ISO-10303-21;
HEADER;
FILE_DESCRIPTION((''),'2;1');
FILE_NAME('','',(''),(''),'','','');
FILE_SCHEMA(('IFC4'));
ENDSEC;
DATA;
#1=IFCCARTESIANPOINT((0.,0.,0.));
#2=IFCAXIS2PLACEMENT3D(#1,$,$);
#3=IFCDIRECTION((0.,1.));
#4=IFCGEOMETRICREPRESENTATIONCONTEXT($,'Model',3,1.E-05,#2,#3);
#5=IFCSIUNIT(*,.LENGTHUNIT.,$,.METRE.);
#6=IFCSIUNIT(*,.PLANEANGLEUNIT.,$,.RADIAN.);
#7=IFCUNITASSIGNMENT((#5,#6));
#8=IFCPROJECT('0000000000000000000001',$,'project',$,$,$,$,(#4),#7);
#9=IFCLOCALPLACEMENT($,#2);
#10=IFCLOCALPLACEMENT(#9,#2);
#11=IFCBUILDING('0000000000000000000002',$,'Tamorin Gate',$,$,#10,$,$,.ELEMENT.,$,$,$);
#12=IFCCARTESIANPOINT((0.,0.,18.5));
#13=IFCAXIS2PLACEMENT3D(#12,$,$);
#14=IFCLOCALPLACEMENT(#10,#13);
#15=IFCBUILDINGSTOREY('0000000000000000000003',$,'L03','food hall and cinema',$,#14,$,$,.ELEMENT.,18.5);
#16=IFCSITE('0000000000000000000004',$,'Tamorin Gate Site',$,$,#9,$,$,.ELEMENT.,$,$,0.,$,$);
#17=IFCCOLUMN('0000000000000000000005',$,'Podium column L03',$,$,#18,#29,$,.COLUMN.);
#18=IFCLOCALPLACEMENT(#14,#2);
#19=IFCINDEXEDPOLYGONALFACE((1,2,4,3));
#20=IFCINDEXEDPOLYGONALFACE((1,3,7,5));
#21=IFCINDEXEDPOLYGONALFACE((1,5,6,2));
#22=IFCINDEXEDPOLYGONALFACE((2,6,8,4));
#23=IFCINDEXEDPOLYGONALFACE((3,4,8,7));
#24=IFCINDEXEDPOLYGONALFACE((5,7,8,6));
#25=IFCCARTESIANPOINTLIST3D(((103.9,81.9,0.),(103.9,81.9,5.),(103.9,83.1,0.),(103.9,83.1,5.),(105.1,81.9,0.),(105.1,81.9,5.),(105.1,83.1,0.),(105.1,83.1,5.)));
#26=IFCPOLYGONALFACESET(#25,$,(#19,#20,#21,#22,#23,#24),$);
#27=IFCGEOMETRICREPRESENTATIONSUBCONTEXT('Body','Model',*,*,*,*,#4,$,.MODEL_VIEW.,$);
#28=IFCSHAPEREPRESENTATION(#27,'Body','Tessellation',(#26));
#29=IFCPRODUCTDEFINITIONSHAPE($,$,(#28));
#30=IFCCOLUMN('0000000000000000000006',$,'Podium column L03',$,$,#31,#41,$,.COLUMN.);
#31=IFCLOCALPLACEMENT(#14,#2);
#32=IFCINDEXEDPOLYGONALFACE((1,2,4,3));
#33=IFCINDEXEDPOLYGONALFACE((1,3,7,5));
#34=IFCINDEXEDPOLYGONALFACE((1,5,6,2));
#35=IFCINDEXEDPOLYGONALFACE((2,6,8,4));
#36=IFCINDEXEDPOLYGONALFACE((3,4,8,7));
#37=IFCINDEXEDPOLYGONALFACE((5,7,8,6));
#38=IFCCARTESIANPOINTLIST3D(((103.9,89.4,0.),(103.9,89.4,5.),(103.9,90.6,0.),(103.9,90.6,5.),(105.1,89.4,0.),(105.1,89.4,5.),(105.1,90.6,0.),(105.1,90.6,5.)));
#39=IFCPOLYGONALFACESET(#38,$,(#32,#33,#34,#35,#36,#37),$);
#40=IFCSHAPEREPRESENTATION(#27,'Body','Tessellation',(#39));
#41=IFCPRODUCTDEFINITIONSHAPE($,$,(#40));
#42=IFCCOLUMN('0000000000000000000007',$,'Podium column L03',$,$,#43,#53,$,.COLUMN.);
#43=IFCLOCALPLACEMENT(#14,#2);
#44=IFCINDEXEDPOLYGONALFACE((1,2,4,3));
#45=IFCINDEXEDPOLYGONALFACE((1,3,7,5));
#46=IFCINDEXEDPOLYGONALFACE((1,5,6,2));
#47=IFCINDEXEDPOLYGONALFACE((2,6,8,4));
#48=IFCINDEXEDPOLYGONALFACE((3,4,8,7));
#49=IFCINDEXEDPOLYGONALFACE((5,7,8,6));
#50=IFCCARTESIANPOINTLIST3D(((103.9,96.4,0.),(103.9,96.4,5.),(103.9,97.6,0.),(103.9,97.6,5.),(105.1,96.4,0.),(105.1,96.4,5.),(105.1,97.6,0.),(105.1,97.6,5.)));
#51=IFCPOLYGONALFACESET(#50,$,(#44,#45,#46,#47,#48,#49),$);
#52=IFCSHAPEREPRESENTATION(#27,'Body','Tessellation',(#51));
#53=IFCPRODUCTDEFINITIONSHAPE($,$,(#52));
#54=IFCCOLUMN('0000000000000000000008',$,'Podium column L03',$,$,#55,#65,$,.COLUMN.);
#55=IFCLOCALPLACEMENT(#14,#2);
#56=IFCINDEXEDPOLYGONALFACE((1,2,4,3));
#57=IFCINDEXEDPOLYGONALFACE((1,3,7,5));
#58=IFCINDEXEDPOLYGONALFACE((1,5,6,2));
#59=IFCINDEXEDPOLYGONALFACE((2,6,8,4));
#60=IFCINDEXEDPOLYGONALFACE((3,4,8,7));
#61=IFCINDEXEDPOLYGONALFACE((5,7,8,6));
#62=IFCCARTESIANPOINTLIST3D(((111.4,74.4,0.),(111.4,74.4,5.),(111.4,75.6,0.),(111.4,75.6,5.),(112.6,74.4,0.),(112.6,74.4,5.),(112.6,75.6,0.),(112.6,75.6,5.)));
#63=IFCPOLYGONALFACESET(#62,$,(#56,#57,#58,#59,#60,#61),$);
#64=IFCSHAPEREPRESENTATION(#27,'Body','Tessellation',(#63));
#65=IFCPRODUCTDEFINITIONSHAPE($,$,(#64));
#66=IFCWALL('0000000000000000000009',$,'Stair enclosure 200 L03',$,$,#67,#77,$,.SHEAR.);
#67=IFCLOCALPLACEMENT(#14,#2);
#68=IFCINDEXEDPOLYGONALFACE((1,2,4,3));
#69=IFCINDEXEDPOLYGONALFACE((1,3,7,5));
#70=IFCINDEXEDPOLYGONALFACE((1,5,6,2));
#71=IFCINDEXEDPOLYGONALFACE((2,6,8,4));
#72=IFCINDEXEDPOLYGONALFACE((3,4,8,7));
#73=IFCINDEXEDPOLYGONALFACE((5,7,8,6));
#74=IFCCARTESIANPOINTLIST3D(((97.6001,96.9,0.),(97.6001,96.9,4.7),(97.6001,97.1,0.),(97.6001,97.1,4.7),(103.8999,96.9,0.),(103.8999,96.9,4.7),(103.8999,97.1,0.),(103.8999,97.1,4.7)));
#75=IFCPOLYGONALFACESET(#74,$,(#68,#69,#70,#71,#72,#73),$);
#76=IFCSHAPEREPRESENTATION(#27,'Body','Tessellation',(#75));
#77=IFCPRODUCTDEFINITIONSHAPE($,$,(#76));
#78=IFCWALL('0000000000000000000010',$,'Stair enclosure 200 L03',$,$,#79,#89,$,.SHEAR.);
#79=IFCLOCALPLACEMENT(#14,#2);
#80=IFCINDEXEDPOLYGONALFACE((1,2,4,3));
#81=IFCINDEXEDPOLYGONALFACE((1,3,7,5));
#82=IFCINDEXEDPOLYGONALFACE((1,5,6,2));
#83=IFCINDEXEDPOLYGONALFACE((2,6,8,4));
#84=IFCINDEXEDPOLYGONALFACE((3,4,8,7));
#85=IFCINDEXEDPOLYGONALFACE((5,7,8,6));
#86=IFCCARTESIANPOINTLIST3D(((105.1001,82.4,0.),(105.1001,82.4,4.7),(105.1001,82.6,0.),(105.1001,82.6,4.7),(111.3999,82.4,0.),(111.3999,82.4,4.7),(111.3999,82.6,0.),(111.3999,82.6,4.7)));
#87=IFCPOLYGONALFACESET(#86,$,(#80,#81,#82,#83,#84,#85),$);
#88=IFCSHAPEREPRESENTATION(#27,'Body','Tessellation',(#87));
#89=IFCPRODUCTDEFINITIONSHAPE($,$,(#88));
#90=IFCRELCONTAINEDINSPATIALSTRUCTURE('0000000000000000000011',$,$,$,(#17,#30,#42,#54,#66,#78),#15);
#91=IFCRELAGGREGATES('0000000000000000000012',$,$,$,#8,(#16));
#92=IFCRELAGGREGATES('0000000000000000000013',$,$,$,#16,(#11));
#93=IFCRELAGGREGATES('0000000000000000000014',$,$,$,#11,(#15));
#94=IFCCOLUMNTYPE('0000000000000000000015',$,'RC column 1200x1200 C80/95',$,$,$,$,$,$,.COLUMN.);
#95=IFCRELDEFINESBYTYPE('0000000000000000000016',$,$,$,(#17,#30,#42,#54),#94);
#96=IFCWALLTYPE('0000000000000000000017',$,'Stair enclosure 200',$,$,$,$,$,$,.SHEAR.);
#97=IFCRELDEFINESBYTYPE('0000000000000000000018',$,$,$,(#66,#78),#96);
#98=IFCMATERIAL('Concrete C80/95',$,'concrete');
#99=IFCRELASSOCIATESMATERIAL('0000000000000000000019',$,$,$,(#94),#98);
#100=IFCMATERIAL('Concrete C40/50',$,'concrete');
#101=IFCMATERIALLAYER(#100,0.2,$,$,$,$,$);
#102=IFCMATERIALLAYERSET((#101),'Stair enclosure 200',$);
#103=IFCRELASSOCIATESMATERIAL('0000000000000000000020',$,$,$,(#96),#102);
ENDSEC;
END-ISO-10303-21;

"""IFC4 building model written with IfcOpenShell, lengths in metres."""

from ifc_helpers import new_model, si_unit, direction, frame, frame_2d, origin, origin_2d, place, context, subcontext, project, spatial, rectangle, extrude, material, layer, layer_set, material_profile, profile_set, type_object, element, save


model = new_model("IFC4")

# Units and contexts
model_context = context("Model", 3, precision=1e-05, world=origin(), true_north=direction((0.0, 1.0)))
body_context = subcontext(model_context, "Body", "Model", "MODEL_VIEW")
ifc_project = project(units=[si_unit("LENGTHUNIT", "METRE"), si_unit("PLANEANGLEUNIT", "RADIAN")], contexts=[model_context])

# Site, building, storey
site_placement = place(None, origin())
site = spatial("IfcSite", under=ifc_project, at=site_placement, Name="Tamorin Gate Site", CompositionType="ELEMENT", RefElevation=0.0)
building_placement = place(site_placement, origin())
building = spatial("IfcBuilding", under=site, at=building_placement, Name="Tamorin Gate", CompositionType="ELEMENT")
storey_placement = place(building_placement, frame((0.0, 0.0, 18.5)))
storey = spatial("IfcBuildingStorey", under=building, at=storey_placement, Name="L03", Description="food hall and cinema", CompositionType="ELEMENT", Elevation=18.5)

# Columns
ifc_material_1 = material(Name="Concrete C80/95", Category="concrete")
ifc_material_profile = material_profile(ifc_material_1, rectangle(XDim=1.2, YDim=1.2, at=origin_2d()), Name="RC 1200x1200")
ifc_profile_set = profile_set([ifc_material_profile], Name="Concrete C80/95")
column_type = type_object("IfcColumnType", Name="RC column 1200x1200 C80/95", PredefinedType="COLUMN", material=ifc_profile_set)
for number, where, z_axis, x_axis, name in (
    (1, (104.5, 82.5, 0.0), (0.0, 0.0, 1.0), (1.0, 0.0, 0.0), "Podium column L03"),
    (2, (104.5, 90.0, 0.0), (0.0, 0.0, 1.0), (1.0, 0.0, 0.0), "Podium column L03"),
    (3, (104.5, 97.0, 0.0), (0.0, 0.0, 1.0), (1.0, 0.0, 0.0), "Podium column L03"),
    (4, (112.0, 75.0, 0.0), (0.0, 0.0, 1.0), (1.0, 0.0, 0.0), "Podium column L03"),
):
    element("IfcColumn", number, at=place(storey_placement, frame(where, z_axis=z_axis, x_axis=x_axis)), inside=storey, type_object=column_type, Name=name, PredefinedType="COLUMN", context=body_context, shape_type="SweptSolid", body=[
        extrude(rectangle(XDim=1.2, YDim=1.2, at=origin_2d()), origin(), (0.0, 0.0, 1.0), 5.0),
    ])

# Walls
ifc_material_2 = material(Name="Concrete C40/50", Category="concrete")
ifc_layer = layer(ifc_material_2, 0.2)
ifc_layer_set = layer_set([ifc_layer], Name="Stair enclosure 200")
wall_type = type_object("IfcWallType", Name="Stair enclosure 200", PredefinedType="SHEAR", material=ifc_layer_set)
for number, where, z_axis, x_axis, name in (
    (5, (97.6001, 97.0, 0.0), (0.0, 0.0, 1.0), (1.0, 0.0, 0.0), "Stair enclosure 200 L03"),
    (6, (105.1001, 82.5, 0.0), (0.0, 0.0, 1.0), (1.0, 0.0, 0.0), "Stair enclosure 200 L03"),
):
    element("IfcWall", number, at=place(storey_placement, frame(where, z_axis=z_axis, x_axis=x_axis)), inside=storey, type_object=wall_type, Name=name, PredefinedType="SHEAR", context=body_context, shape_type="SweptSolid", body=[
        extrude(rectangle(XDim=6.2998, YDim=0.2, at=frame_2d((3.1499, 0.0))), origin(), (0.0, 0.0, 1.0), 4.7),
    ])

save(model, "model.ifc")
